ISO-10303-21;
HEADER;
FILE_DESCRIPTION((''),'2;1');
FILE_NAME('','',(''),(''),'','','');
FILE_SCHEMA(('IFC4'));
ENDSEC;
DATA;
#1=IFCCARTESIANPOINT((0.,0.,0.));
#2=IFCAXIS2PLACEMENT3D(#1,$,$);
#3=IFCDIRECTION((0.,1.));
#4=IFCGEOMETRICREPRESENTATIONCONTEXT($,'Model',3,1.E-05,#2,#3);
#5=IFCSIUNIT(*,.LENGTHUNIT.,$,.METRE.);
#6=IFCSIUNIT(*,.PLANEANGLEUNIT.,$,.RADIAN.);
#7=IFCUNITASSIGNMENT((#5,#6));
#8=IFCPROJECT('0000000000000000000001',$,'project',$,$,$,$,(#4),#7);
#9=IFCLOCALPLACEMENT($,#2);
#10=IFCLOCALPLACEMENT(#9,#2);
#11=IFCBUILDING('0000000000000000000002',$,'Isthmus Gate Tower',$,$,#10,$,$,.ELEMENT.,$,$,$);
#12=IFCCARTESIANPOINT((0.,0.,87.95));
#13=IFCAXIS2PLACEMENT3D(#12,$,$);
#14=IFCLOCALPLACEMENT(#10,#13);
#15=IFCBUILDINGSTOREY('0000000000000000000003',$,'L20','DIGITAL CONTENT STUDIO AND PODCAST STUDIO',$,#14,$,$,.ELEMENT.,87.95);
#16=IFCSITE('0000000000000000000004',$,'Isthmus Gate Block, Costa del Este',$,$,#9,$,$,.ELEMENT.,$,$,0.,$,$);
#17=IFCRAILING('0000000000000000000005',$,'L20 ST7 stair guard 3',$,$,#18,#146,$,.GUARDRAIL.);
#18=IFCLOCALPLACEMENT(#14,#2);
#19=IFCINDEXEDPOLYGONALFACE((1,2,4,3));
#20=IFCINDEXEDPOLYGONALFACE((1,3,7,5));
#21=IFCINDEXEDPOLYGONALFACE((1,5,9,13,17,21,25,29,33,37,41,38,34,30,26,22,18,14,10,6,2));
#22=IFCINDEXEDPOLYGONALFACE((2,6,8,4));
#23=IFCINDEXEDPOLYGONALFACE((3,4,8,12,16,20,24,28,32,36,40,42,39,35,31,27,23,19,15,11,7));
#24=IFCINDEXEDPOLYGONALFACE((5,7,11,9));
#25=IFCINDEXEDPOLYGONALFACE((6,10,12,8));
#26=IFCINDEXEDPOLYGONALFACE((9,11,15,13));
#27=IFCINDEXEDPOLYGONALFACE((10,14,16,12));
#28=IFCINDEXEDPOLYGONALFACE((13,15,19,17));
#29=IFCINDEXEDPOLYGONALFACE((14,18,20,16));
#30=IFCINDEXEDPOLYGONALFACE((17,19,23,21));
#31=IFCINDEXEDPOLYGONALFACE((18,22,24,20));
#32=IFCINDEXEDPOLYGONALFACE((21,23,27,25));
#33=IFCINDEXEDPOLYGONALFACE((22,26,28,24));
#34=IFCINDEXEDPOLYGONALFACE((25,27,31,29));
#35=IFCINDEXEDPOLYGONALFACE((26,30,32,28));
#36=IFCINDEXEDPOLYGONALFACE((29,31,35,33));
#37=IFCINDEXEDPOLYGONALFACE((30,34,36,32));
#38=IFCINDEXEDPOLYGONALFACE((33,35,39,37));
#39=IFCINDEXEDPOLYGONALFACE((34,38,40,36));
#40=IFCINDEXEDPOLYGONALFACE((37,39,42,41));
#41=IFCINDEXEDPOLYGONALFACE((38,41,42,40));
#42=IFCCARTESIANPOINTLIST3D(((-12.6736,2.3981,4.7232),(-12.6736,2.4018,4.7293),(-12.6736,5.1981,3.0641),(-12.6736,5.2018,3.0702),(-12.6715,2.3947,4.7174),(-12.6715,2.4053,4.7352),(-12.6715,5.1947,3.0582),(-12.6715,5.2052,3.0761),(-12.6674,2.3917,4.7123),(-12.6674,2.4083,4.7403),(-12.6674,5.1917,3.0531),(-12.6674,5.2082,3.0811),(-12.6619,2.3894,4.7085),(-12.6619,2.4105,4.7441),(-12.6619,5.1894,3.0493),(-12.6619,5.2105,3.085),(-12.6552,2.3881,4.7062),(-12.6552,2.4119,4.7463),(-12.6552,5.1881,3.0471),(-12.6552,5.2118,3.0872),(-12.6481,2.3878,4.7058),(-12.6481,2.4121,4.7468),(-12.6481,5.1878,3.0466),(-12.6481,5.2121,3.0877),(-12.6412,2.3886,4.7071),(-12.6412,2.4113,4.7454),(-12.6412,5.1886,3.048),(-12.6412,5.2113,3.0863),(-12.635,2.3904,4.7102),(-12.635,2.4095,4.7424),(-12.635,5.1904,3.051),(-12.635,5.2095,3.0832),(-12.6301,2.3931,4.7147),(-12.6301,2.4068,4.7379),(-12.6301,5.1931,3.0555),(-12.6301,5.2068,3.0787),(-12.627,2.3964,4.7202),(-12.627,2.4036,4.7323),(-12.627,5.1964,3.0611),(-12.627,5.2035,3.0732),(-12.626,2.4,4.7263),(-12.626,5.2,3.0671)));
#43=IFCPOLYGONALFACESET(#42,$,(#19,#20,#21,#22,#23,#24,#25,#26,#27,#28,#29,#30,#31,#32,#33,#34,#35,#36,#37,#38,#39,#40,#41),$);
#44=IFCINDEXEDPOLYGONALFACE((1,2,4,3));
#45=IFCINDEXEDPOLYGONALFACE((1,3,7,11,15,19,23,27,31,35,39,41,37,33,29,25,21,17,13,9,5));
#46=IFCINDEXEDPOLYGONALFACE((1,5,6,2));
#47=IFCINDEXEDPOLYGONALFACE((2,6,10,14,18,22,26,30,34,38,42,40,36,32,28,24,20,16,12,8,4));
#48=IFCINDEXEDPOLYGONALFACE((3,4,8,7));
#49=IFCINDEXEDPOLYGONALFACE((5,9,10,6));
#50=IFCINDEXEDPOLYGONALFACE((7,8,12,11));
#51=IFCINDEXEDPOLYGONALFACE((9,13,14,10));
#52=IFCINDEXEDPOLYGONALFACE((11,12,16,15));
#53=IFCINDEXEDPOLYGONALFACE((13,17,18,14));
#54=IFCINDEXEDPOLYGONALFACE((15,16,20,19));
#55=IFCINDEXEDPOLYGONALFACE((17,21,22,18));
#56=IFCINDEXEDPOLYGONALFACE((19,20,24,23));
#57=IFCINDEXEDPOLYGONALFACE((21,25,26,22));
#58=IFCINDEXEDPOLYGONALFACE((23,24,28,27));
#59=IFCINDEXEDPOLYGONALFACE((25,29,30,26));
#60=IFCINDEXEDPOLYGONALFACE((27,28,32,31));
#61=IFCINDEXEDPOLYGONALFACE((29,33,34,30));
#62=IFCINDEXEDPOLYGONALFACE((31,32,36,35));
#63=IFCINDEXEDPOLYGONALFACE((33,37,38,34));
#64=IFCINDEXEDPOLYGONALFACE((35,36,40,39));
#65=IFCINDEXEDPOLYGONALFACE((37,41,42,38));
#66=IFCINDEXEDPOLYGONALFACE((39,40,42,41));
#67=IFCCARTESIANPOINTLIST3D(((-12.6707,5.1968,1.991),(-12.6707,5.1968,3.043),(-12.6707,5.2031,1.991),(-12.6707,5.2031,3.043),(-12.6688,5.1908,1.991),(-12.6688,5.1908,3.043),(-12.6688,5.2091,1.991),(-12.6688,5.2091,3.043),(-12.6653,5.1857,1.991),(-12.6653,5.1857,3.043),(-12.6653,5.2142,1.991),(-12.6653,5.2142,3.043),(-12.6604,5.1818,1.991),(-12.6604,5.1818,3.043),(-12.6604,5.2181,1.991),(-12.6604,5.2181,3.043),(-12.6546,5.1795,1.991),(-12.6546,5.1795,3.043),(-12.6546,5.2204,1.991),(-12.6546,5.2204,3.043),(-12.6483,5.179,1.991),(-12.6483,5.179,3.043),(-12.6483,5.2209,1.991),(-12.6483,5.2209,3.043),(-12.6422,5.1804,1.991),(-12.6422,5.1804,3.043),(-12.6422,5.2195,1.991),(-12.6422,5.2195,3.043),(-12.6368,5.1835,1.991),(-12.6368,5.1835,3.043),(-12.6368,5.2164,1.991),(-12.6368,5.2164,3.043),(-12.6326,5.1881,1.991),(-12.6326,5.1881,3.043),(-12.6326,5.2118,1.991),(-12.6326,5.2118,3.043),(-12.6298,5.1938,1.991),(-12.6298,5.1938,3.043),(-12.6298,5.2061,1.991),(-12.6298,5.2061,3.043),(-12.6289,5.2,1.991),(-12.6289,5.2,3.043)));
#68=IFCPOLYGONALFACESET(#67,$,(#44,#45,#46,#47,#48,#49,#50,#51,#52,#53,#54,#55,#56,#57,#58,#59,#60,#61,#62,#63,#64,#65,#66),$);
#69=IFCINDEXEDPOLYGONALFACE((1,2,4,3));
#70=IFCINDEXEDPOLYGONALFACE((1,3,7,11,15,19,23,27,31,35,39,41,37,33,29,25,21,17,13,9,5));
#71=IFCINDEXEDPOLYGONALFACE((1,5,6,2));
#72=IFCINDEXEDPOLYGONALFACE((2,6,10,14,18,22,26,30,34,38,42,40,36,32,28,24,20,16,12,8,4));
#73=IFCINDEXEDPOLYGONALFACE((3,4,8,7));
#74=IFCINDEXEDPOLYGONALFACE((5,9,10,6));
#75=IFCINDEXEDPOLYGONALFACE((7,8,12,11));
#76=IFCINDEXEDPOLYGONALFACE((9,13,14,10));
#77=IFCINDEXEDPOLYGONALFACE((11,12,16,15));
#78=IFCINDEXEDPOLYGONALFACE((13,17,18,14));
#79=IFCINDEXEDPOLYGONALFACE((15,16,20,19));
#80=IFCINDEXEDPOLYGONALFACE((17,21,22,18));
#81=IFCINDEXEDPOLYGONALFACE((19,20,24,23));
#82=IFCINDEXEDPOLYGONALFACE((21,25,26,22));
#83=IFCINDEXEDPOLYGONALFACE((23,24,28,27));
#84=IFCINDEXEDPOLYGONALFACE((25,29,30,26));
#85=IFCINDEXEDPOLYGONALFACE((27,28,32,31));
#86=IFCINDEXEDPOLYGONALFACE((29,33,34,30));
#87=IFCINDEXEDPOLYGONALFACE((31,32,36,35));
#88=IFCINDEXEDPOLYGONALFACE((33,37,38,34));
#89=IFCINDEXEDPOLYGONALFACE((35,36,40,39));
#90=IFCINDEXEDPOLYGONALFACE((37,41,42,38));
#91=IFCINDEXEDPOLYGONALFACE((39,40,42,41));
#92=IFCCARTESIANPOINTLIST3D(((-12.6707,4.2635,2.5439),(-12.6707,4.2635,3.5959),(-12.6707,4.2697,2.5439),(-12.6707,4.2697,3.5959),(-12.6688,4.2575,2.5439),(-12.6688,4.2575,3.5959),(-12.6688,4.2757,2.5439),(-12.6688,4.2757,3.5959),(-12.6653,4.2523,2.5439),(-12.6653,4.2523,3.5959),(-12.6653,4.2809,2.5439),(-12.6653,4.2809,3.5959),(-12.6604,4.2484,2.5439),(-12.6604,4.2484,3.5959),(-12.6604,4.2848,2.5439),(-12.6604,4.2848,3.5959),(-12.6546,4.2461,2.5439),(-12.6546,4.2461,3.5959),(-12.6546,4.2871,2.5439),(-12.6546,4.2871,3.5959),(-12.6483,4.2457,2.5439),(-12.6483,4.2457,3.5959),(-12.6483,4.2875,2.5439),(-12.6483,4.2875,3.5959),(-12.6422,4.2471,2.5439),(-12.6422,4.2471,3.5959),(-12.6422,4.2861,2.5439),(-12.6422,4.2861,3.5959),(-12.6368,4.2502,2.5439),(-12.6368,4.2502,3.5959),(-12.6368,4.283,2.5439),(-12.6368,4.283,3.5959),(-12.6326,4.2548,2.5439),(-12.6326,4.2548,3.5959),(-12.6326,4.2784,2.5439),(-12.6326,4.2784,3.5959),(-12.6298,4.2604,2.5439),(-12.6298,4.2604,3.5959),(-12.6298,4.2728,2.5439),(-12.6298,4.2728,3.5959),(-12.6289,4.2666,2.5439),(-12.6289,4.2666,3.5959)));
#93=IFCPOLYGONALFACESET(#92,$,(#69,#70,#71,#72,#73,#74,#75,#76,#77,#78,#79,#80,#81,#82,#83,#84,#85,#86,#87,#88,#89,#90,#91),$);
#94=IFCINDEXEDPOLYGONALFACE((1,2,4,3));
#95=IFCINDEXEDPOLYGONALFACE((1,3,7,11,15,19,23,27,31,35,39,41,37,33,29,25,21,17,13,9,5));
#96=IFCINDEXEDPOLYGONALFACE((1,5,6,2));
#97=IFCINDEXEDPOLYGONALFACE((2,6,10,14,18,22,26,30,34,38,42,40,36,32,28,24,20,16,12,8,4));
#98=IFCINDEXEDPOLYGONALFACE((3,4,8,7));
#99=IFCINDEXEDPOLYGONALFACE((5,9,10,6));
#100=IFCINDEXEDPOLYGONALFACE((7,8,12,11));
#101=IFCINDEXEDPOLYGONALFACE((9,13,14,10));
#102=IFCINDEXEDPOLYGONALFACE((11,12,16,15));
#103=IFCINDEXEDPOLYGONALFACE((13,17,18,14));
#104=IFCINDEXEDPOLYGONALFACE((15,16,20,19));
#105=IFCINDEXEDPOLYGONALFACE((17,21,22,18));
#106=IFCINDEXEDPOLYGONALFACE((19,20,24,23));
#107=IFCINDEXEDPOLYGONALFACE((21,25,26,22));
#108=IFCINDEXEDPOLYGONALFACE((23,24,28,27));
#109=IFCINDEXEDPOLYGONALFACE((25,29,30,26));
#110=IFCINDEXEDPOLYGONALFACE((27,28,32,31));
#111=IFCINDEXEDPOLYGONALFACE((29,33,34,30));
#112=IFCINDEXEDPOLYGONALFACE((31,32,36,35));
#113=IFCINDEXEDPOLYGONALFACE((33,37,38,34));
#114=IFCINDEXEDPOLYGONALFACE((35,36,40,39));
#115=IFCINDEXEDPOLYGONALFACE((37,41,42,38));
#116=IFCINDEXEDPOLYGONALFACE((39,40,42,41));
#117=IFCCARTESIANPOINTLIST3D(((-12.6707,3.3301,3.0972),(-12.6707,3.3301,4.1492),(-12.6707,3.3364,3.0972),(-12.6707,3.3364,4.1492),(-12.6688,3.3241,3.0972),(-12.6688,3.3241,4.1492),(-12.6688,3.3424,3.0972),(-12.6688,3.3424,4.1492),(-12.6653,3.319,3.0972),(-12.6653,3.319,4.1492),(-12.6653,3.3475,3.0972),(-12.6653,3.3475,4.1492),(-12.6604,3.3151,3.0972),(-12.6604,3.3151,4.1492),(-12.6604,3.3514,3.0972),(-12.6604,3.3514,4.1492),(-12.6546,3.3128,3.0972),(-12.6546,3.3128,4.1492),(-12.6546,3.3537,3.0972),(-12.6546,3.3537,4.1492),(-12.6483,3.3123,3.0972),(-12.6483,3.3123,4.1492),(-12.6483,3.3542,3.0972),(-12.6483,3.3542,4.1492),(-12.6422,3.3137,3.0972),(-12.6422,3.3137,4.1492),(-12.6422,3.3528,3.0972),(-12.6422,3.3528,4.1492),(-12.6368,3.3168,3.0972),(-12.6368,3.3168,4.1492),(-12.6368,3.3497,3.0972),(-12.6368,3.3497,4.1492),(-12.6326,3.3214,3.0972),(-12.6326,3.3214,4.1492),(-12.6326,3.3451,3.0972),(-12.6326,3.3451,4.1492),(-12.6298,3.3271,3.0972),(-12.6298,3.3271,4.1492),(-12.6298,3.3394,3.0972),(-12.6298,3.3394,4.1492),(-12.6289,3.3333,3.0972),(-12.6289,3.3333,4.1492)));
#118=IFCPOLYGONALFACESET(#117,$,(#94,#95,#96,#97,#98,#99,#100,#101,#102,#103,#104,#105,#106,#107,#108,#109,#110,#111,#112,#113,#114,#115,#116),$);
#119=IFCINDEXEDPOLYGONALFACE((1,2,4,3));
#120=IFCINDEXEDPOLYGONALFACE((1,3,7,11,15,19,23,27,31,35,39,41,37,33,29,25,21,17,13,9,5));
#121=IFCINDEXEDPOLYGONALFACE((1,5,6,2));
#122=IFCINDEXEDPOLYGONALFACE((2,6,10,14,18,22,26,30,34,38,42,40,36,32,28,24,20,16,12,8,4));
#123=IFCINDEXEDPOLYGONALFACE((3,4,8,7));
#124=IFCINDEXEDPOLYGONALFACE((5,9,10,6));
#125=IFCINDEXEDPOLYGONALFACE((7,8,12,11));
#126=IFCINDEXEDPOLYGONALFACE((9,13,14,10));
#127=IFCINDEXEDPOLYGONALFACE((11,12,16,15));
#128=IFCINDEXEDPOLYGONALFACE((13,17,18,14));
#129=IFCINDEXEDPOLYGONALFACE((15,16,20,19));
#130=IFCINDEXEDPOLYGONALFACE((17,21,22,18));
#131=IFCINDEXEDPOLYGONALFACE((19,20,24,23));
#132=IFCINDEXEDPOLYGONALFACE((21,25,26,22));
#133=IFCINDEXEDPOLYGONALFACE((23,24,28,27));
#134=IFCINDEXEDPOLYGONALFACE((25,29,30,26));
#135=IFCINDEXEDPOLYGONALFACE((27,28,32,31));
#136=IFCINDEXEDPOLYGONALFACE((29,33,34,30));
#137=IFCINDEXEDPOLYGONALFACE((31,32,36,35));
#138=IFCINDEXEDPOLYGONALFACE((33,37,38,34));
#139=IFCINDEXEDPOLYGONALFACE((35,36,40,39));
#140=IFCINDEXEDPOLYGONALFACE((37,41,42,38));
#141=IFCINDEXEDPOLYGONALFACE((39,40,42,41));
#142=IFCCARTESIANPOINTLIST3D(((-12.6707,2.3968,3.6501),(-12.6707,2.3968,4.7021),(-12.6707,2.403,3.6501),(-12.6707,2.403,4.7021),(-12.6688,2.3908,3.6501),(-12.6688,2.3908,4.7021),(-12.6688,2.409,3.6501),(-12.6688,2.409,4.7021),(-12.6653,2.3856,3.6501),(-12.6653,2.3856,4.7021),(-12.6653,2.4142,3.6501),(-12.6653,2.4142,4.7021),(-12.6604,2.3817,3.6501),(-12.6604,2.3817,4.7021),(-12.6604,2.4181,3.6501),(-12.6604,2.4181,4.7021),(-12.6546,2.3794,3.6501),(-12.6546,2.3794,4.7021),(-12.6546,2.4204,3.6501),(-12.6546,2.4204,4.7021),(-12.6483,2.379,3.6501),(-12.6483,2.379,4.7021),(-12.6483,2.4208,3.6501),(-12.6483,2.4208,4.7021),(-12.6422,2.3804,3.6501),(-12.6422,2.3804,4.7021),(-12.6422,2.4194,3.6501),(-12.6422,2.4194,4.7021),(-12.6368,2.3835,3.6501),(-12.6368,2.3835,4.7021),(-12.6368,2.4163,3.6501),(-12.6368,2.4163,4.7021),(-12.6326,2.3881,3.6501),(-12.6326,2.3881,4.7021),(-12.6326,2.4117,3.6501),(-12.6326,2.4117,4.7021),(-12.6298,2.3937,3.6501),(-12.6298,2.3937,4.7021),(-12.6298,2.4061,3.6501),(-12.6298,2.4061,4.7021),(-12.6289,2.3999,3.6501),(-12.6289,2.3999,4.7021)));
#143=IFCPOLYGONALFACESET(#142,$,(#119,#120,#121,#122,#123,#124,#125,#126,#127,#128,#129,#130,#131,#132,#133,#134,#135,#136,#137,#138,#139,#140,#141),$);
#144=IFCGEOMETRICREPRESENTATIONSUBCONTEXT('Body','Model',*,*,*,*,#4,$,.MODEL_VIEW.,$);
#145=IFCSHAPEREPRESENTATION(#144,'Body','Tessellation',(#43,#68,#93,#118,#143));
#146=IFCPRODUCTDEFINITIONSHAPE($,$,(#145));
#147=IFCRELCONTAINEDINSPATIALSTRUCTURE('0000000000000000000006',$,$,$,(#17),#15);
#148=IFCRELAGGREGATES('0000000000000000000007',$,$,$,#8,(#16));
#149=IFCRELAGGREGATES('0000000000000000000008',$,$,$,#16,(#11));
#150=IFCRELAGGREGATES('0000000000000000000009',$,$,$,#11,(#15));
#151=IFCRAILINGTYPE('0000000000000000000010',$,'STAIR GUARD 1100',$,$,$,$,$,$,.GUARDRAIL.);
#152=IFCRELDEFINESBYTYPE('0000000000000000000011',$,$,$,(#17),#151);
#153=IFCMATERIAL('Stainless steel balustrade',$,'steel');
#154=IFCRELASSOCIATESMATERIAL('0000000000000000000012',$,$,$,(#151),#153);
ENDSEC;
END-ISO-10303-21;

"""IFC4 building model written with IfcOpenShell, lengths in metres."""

from ifc_helpers import new_model, si_unit, direction, frame, origin, origin_2d, place, context, subcontext, project, spatial, circle, extrude, material, type_object, element, save


model = new_model("IFC4")

# Units and contexts
model_context = context("Model", 3, precision=1e-05, world=origin(), true_north=direction((0.0, 1.0)))
body_context = subcontext(model_context, "Body", "Model", "MODEL_VIEW")
ifc_project = project(units=[si_unit("LENGTHUNIT", "METRE"), si_unit("PLANEANGLEUNIT", "RADIAN")], contexts=[model_context])

# Site, building, storey
site_placement = place(None, origin())
site = spatial("IfcSite", under=ifc_project, at=site_placement, Name="Isthmus Gate Block, Costa del Este", CompositionType="ELEMENT", RefElevation=0.0)
building_placement = place(site_placement, origin())
building = spatial("IfcBuilding", under=site, at=building_placement, Name="Isthmus Gate Tower", CompositionType="ELEMENT")
storey_placement = place(building_placement, frame((0.0, 0.0, 87.95)))
storey = spatial("IfcBuildingStorey", under=building, at=storey_placement, Name="L20", Description="DIGITAL CONTENT STUDIO AND PODCAST STUDIO", CompositionType="ELEMENT", Elevation=87.95)

# Railing
ifc_material_1 = material(Name="Stainless steel balustrade", Category="steel")
railing_type_1 = type_object("IfcRailingType", Name="STAIR GUARD 1100", PredefinedType="GUARDRAIL", material=ifc_material_1)
railing_1_placement = place(storey_placement, frame((-12.6499, 5.2, 1.991)))
element("IfcRailing", 1, at=railing_1_placement, inside=storey, type_object=railing_type_1, Name="L20 ST7 stair guard 3", PredefinedType="GUARDRAIL", context=body_context, shape_type="SweptSolid", body=[
    extrude(circle(Radius=0.0239, at=origin_2d()), frame((0.0, 0.0, 1.0762), z_axis=(0.0, -0.860306, 0.509778), x_axis=(1.0, 0.0, 0.0)), (0.0, 0.0, 1.0), 3.2546),
    extrude(circle(Radius=0.021, at=origin_2d()), origin(), (0.0, 0.0, 1.0), 1.052),
    extrude(circle(Radius=0.021, at=origin_2d()), frame((0.0, -0.9333, 0.553)), (0.0, 0.0, 1.0), 1.052),
    extrude(circle(Radius=0.021, at=origin_2d()), frame((0.0, -1.8667, 1.1062)), (0.0, 0.0, 1.0), 1.052),
    extrude(circle(Radius=0.021, at=origin_2d()), frame((0.0, -2.8, 1.6592)), (0.0, 0.0, 1.0), 1.052),
])

save(model, "model.ifc")
